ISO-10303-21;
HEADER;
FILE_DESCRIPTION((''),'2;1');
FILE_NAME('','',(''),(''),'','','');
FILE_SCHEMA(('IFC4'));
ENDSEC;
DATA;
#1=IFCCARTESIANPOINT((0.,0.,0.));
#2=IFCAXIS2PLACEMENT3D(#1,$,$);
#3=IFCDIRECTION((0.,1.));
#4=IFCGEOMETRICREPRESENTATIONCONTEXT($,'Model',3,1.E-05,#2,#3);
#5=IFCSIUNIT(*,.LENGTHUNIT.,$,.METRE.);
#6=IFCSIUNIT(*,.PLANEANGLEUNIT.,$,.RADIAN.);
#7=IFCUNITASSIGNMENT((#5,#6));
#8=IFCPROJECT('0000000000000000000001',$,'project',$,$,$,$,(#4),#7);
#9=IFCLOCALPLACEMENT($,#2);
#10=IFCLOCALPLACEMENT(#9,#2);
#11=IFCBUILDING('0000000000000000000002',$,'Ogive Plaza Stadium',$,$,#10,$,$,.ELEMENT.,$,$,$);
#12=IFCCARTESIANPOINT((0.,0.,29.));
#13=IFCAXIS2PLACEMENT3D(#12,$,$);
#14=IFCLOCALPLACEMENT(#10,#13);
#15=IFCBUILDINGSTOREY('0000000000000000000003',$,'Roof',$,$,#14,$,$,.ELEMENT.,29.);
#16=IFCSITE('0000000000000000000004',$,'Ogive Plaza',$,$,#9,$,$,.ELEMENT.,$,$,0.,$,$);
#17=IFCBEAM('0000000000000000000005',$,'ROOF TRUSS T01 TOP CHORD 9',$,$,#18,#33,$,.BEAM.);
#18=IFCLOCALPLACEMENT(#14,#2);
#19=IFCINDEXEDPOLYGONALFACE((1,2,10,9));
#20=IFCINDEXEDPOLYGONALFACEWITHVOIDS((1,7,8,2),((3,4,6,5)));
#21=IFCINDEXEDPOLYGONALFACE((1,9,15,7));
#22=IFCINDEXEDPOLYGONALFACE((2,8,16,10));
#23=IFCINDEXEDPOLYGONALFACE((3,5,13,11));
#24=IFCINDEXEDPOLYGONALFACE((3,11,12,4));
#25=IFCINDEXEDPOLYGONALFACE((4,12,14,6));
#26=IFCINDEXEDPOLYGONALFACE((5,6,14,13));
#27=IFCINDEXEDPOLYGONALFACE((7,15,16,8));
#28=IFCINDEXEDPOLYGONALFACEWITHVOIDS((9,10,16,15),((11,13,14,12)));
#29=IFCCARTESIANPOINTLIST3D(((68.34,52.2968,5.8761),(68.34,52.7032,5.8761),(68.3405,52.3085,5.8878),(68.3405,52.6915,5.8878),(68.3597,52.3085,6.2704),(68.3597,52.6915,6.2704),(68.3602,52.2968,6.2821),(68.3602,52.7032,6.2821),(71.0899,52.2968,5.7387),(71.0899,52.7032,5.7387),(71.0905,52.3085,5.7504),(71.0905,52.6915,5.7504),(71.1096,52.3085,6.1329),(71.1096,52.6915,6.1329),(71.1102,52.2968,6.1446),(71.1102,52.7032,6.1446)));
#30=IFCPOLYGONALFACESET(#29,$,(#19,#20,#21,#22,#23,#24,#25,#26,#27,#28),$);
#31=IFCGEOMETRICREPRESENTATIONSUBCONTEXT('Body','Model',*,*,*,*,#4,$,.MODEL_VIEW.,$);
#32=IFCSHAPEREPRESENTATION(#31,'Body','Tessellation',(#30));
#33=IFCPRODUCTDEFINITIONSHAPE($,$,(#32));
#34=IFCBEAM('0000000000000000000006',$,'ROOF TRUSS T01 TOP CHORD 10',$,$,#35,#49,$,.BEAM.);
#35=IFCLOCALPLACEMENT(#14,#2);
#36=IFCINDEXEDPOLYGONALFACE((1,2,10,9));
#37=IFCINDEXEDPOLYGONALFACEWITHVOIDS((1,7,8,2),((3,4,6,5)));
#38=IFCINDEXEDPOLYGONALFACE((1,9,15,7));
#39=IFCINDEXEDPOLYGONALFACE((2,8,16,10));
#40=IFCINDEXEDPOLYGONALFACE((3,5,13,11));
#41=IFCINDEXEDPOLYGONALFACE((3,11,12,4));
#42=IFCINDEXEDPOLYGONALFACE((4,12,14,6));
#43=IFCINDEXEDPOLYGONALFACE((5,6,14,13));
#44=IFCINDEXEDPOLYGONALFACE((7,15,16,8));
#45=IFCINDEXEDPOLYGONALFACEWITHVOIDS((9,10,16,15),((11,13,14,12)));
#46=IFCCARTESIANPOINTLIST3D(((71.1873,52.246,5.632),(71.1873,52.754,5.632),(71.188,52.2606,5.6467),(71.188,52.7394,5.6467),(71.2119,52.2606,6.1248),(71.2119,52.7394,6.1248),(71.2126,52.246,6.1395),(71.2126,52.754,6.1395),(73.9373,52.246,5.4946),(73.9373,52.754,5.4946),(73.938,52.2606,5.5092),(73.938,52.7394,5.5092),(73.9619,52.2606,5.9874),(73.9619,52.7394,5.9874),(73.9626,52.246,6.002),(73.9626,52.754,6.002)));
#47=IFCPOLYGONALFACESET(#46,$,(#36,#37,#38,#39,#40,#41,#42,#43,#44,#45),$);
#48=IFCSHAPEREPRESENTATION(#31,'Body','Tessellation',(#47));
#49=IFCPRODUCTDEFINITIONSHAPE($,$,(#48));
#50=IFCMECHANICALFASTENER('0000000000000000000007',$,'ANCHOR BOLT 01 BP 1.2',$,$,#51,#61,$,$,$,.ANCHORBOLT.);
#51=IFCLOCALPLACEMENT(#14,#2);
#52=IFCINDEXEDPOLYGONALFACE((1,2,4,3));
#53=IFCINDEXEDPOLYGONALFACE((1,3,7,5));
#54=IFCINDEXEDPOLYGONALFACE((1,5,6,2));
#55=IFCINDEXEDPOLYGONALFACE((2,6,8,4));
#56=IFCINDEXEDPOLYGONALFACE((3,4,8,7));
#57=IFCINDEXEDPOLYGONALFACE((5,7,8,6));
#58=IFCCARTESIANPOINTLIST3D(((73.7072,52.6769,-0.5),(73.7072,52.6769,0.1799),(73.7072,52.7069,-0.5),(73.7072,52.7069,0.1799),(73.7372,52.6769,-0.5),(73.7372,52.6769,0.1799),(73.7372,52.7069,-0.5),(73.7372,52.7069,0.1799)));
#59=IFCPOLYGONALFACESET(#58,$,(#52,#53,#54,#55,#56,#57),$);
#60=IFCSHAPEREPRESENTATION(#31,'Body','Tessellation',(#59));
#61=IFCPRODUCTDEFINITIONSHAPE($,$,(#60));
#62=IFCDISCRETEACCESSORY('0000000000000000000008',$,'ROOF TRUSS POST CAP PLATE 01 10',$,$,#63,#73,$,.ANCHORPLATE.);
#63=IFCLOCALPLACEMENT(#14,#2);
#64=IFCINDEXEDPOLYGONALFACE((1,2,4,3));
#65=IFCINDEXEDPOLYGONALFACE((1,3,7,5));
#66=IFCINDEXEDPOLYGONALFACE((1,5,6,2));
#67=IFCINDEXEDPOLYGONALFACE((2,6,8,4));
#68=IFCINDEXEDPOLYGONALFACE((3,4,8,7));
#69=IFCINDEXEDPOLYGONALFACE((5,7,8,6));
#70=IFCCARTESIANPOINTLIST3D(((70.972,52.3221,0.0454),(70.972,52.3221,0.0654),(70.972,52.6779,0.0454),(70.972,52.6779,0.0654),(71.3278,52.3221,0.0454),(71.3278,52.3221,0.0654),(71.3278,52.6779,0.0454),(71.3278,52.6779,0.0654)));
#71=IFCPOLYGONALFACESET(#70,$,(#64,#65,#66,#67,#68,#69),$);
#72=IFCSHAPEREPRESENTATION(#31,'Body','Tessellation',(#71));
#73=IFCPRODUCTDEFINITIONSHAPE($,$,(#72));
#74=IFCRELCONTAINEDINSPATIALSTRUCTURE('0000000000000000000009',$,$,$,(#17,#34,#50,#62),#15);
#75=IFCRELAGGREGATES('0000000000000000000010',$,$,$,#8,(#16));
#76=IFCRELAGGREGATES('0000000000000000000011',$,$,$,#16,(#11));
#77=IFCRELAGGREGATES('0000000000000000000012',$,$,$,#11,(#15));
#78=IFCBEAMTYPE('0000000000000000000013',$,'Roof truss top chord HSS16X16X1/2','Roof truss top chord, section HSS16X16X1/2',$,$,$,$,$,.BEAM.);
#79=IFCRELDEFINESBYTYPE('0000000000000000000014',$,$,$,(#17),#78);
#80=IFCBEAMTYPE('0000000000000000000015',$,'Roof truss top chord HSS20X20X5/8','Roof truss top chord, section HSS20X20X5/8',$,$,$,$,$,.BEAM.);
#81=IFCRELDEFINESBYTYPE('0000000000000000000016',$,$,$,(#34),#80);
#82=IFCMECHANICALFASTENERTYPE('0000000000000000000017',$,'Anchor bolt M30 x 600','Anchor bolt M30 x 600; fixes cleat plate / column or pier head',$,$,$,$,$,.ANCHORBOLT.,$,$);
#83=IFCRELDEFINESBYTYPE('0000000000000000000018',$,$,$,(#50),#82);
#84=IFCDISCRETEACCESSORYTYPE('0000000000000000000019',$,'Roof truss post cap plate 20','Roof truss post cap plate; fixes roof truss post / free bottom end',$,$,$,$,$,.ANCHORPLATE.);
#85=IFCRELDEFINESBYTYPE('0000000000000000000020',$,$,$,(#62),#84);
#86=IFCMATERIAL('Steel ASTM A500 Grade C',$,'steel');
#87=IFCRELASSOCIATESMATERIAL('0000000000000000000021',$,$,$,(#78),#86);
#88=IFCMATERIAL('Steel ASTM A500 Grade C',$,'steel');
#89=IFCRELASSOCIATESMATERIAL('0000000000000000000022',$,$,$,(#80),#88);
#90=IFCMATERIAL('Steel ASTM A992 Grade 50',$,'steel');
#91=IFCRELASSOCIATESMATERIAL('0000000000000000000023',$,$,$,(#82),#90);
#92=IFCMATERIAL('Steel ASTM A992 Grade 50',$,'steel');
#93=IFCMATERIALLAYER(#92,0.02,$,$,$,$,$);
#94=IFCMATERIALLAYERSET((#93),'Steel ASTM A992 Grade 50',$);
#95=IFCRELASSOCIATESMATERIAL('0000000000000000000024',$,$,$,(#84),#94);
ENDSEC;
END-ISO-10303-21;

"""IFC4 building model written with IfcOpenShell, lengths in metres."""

from ifc_helpers import new_model, si_unit, direction, frame, origin, origin_2d, place, context, subcontext, project, spatial, rectangle, hollow_rectangle, extrude, material, layer, layer_set, material_profile, profile_set, type_object, element, save


model = new_model("IFC4")

# Units and contexts
model_context = context("Model", 3, precision=1e-05, world=origin(), true_north=direction((0.0, 1.0)))
body_context = subcontext(model_context, "Body", "Model", "MODEL_VIEW")
ifc_project = project(units=[si_unit("LENGTHUNIT", "METRE"), si_unit("PLANEANGLEUNIT", "RADIAN")], contexts=[model_context])

# Site, building, storey
site_placement = place(None, origin())
site = spatial("IfcSite", under=ifc_project, at=site_placement, Name="Ogive Plaza", CompositionType="ELEMENT", RefElevation=0.0)
building_placement = place(site_placement, origin())
building = spatial("IfcBuilding", under=site, at=building_placement, Name="Ogive Plaza Stadium", CompositionType="ELEMENT")
storey_placement = place(building_placement, frame((0.0, 0.0, 29.0)))
storey = spatial("IfcBuildingStorey", under=building, at=storey_placement, Name="Roof", CompositionType="ELEMENT", Elevation=29.0)

# Beams
ifc_material_1 = material(Name="Steel ASTM A500 Grade C", Category="steel")
ifc_material_profile_1 = material_profile(ifc_material_1, hollow_rectangle(XDim=0.4065, YDim=0.4065, WallThickness=0.0117, at=origin_2d()), Name="HSS16X16X1/2")
ifc_profile_set_1 = profile_set([ifc_material_profile_1], Name="Steel ASTM A500 Grade C")
beam_type_1 = type_object("IfcBeamType", Name="Roof truss top chord HSS16X16X1/2", Description="Roof truss top chord, section HSS16X16X1/2", PredefinedType="BEAM", material=ifc_profile_set_1)
beam_1_placement = place(storey_placement, frame((68.3501, 52.5, 6.0791), z_axis=(0.998753, 0.0, -0.04992), x_axis=(0.0, 1.0, 0.0)))
element("IfcBeam", 1, at=beam_1_placement, inside=storey, type_object=beam_type_1, Name="ROOF TRUSS T01 TOP CHORD 9", PredefinedType="BEAM", context=body_context, shape_type="SweptSolid", body=[
    extrude(hollow_rectangle(XDim=0.4065, YDim=0.4065, WallThickness=0.0117, at=origin_2d()), origin(), (0.0, 0.0, 1.0), 2.7534),
])
ifc_material_2 = material(Name="Steel ASTM A500 Grade C", Category="steel")
ifc_material_profile_2 = material_profile(ifc_material_2, hollow_rectangle(XDim=0.5081, YDim=0.5081, WallThickness=0.0146, at=origin_2d()), Name="HSS20X20X5/8")
ifc_profile_set_2 = profile_set([ifc_material_profile_2], Name="Steel ASTM A500 Grade C")
beam_type_2 = type_object("IfcBeamType", Name="Roof truss top chord HSS20X20X5/8", Description="Roof truss top chord, section HSS20X20X5/8", PredefinedType="BEAM", material=ifc_profile_set_2)
beam_2_placement = place(storey_placement, frame((71.2, 52.5, 5.8857), z_axis=(0.998753, 0.0, -0.04992), x_axis=(0.0, 1.0, 0.0)))
element("IfcBeam", 2, at=beam_2_placement, inside=storey, type_object=beam_type_2, Name="ROOF TRUSS T01 TOP CHORD 10", PredefinedType="BEAM", context=body_context, shape_type="SweptSolid", body=[
    extrude(hollow_rectangle(XDim=0.5081, YDim=0.5081, WallThickness=0.0146, at=origin_2d()), origin(), (0.0, 0.0, 1.0), 2.7534),
])

# Mechanical fastener
ifc_material_3 = material(Name="Steel ASTM A992 Grade 50", Category="steel")
mechanical_fastener_type = type_object("IfcMechanicalFastenerType", Name="Anchor bolt M30 x 600", Description="Anchor bolt M30 x 600; fixes cleat plate / column or pier head", PredefinedType="ANCHORBOLT", material=ifc_material_3)
mechanical_fastener_placement = place(storey_placement, frame((73.7222, 52.6919, -0.5), z_axis=(0.0, 0.0, 1.0), x_axis=(1.0, 0.0, 0.0)))
element("IfcMechanicalFastener", 3, at=mechanical_fastener_placement, inside=storey, type_object=mechanical_fastener_type, Name="ANCHOR BOLT 01 BP 1.2", PredefinedType="ANCHORBOLT", context=body_context, shape_type="SweptSolid", body=[
    extrude(rectangle(XDim=0.03, YDim=0.03, at=origin_2d()), origin(), (0.0, 0.0, 1.0), 0.6799),
])

# Discrete accessory
ifc_material_4 = material(Name="Steel ASTM A992 Grade 50", Category="steel")
ifc_layer = layer(ifc_material_4, 0.02)
ifc_layer_set = layer_set([ifc_layer], Name="Steel ASTM A992 Grade 50")
discrete_accessory_type = type_object("IfcDiscreteAccessoryType", Name="Roof truss post cap plate 20", Description="Roof truss post cap plate; fixes roof truss post / free bottom end", PredefinedType="ANCHORPLATE", material=ifc_layer_set)
discrete_accessory_placement = place(storey_placement, frame((71.1499, 52.5, 0.0454), z_axis=(0.0, 0.0, 1.0), x_axis=(1.0, 0.0, 0.0)))
element("IfcDiscreteAccessory", 4, at=discrete_accessory_placement, inside=storey, type_object=discrete_accessory_type, Name="ROOF TRUSS POST CAP PLATE 01 10", PredefinedType="ANCHORPLATE", context=body_context, shape_type="SweptSolid", body=[
    extrude(rectangle(XDim=0.3557, YDim=0.3557, at=origin_2d()), origin(), (0.0, 0.0, 1.0), 0.02),
])

save(model, "model.ifc")
